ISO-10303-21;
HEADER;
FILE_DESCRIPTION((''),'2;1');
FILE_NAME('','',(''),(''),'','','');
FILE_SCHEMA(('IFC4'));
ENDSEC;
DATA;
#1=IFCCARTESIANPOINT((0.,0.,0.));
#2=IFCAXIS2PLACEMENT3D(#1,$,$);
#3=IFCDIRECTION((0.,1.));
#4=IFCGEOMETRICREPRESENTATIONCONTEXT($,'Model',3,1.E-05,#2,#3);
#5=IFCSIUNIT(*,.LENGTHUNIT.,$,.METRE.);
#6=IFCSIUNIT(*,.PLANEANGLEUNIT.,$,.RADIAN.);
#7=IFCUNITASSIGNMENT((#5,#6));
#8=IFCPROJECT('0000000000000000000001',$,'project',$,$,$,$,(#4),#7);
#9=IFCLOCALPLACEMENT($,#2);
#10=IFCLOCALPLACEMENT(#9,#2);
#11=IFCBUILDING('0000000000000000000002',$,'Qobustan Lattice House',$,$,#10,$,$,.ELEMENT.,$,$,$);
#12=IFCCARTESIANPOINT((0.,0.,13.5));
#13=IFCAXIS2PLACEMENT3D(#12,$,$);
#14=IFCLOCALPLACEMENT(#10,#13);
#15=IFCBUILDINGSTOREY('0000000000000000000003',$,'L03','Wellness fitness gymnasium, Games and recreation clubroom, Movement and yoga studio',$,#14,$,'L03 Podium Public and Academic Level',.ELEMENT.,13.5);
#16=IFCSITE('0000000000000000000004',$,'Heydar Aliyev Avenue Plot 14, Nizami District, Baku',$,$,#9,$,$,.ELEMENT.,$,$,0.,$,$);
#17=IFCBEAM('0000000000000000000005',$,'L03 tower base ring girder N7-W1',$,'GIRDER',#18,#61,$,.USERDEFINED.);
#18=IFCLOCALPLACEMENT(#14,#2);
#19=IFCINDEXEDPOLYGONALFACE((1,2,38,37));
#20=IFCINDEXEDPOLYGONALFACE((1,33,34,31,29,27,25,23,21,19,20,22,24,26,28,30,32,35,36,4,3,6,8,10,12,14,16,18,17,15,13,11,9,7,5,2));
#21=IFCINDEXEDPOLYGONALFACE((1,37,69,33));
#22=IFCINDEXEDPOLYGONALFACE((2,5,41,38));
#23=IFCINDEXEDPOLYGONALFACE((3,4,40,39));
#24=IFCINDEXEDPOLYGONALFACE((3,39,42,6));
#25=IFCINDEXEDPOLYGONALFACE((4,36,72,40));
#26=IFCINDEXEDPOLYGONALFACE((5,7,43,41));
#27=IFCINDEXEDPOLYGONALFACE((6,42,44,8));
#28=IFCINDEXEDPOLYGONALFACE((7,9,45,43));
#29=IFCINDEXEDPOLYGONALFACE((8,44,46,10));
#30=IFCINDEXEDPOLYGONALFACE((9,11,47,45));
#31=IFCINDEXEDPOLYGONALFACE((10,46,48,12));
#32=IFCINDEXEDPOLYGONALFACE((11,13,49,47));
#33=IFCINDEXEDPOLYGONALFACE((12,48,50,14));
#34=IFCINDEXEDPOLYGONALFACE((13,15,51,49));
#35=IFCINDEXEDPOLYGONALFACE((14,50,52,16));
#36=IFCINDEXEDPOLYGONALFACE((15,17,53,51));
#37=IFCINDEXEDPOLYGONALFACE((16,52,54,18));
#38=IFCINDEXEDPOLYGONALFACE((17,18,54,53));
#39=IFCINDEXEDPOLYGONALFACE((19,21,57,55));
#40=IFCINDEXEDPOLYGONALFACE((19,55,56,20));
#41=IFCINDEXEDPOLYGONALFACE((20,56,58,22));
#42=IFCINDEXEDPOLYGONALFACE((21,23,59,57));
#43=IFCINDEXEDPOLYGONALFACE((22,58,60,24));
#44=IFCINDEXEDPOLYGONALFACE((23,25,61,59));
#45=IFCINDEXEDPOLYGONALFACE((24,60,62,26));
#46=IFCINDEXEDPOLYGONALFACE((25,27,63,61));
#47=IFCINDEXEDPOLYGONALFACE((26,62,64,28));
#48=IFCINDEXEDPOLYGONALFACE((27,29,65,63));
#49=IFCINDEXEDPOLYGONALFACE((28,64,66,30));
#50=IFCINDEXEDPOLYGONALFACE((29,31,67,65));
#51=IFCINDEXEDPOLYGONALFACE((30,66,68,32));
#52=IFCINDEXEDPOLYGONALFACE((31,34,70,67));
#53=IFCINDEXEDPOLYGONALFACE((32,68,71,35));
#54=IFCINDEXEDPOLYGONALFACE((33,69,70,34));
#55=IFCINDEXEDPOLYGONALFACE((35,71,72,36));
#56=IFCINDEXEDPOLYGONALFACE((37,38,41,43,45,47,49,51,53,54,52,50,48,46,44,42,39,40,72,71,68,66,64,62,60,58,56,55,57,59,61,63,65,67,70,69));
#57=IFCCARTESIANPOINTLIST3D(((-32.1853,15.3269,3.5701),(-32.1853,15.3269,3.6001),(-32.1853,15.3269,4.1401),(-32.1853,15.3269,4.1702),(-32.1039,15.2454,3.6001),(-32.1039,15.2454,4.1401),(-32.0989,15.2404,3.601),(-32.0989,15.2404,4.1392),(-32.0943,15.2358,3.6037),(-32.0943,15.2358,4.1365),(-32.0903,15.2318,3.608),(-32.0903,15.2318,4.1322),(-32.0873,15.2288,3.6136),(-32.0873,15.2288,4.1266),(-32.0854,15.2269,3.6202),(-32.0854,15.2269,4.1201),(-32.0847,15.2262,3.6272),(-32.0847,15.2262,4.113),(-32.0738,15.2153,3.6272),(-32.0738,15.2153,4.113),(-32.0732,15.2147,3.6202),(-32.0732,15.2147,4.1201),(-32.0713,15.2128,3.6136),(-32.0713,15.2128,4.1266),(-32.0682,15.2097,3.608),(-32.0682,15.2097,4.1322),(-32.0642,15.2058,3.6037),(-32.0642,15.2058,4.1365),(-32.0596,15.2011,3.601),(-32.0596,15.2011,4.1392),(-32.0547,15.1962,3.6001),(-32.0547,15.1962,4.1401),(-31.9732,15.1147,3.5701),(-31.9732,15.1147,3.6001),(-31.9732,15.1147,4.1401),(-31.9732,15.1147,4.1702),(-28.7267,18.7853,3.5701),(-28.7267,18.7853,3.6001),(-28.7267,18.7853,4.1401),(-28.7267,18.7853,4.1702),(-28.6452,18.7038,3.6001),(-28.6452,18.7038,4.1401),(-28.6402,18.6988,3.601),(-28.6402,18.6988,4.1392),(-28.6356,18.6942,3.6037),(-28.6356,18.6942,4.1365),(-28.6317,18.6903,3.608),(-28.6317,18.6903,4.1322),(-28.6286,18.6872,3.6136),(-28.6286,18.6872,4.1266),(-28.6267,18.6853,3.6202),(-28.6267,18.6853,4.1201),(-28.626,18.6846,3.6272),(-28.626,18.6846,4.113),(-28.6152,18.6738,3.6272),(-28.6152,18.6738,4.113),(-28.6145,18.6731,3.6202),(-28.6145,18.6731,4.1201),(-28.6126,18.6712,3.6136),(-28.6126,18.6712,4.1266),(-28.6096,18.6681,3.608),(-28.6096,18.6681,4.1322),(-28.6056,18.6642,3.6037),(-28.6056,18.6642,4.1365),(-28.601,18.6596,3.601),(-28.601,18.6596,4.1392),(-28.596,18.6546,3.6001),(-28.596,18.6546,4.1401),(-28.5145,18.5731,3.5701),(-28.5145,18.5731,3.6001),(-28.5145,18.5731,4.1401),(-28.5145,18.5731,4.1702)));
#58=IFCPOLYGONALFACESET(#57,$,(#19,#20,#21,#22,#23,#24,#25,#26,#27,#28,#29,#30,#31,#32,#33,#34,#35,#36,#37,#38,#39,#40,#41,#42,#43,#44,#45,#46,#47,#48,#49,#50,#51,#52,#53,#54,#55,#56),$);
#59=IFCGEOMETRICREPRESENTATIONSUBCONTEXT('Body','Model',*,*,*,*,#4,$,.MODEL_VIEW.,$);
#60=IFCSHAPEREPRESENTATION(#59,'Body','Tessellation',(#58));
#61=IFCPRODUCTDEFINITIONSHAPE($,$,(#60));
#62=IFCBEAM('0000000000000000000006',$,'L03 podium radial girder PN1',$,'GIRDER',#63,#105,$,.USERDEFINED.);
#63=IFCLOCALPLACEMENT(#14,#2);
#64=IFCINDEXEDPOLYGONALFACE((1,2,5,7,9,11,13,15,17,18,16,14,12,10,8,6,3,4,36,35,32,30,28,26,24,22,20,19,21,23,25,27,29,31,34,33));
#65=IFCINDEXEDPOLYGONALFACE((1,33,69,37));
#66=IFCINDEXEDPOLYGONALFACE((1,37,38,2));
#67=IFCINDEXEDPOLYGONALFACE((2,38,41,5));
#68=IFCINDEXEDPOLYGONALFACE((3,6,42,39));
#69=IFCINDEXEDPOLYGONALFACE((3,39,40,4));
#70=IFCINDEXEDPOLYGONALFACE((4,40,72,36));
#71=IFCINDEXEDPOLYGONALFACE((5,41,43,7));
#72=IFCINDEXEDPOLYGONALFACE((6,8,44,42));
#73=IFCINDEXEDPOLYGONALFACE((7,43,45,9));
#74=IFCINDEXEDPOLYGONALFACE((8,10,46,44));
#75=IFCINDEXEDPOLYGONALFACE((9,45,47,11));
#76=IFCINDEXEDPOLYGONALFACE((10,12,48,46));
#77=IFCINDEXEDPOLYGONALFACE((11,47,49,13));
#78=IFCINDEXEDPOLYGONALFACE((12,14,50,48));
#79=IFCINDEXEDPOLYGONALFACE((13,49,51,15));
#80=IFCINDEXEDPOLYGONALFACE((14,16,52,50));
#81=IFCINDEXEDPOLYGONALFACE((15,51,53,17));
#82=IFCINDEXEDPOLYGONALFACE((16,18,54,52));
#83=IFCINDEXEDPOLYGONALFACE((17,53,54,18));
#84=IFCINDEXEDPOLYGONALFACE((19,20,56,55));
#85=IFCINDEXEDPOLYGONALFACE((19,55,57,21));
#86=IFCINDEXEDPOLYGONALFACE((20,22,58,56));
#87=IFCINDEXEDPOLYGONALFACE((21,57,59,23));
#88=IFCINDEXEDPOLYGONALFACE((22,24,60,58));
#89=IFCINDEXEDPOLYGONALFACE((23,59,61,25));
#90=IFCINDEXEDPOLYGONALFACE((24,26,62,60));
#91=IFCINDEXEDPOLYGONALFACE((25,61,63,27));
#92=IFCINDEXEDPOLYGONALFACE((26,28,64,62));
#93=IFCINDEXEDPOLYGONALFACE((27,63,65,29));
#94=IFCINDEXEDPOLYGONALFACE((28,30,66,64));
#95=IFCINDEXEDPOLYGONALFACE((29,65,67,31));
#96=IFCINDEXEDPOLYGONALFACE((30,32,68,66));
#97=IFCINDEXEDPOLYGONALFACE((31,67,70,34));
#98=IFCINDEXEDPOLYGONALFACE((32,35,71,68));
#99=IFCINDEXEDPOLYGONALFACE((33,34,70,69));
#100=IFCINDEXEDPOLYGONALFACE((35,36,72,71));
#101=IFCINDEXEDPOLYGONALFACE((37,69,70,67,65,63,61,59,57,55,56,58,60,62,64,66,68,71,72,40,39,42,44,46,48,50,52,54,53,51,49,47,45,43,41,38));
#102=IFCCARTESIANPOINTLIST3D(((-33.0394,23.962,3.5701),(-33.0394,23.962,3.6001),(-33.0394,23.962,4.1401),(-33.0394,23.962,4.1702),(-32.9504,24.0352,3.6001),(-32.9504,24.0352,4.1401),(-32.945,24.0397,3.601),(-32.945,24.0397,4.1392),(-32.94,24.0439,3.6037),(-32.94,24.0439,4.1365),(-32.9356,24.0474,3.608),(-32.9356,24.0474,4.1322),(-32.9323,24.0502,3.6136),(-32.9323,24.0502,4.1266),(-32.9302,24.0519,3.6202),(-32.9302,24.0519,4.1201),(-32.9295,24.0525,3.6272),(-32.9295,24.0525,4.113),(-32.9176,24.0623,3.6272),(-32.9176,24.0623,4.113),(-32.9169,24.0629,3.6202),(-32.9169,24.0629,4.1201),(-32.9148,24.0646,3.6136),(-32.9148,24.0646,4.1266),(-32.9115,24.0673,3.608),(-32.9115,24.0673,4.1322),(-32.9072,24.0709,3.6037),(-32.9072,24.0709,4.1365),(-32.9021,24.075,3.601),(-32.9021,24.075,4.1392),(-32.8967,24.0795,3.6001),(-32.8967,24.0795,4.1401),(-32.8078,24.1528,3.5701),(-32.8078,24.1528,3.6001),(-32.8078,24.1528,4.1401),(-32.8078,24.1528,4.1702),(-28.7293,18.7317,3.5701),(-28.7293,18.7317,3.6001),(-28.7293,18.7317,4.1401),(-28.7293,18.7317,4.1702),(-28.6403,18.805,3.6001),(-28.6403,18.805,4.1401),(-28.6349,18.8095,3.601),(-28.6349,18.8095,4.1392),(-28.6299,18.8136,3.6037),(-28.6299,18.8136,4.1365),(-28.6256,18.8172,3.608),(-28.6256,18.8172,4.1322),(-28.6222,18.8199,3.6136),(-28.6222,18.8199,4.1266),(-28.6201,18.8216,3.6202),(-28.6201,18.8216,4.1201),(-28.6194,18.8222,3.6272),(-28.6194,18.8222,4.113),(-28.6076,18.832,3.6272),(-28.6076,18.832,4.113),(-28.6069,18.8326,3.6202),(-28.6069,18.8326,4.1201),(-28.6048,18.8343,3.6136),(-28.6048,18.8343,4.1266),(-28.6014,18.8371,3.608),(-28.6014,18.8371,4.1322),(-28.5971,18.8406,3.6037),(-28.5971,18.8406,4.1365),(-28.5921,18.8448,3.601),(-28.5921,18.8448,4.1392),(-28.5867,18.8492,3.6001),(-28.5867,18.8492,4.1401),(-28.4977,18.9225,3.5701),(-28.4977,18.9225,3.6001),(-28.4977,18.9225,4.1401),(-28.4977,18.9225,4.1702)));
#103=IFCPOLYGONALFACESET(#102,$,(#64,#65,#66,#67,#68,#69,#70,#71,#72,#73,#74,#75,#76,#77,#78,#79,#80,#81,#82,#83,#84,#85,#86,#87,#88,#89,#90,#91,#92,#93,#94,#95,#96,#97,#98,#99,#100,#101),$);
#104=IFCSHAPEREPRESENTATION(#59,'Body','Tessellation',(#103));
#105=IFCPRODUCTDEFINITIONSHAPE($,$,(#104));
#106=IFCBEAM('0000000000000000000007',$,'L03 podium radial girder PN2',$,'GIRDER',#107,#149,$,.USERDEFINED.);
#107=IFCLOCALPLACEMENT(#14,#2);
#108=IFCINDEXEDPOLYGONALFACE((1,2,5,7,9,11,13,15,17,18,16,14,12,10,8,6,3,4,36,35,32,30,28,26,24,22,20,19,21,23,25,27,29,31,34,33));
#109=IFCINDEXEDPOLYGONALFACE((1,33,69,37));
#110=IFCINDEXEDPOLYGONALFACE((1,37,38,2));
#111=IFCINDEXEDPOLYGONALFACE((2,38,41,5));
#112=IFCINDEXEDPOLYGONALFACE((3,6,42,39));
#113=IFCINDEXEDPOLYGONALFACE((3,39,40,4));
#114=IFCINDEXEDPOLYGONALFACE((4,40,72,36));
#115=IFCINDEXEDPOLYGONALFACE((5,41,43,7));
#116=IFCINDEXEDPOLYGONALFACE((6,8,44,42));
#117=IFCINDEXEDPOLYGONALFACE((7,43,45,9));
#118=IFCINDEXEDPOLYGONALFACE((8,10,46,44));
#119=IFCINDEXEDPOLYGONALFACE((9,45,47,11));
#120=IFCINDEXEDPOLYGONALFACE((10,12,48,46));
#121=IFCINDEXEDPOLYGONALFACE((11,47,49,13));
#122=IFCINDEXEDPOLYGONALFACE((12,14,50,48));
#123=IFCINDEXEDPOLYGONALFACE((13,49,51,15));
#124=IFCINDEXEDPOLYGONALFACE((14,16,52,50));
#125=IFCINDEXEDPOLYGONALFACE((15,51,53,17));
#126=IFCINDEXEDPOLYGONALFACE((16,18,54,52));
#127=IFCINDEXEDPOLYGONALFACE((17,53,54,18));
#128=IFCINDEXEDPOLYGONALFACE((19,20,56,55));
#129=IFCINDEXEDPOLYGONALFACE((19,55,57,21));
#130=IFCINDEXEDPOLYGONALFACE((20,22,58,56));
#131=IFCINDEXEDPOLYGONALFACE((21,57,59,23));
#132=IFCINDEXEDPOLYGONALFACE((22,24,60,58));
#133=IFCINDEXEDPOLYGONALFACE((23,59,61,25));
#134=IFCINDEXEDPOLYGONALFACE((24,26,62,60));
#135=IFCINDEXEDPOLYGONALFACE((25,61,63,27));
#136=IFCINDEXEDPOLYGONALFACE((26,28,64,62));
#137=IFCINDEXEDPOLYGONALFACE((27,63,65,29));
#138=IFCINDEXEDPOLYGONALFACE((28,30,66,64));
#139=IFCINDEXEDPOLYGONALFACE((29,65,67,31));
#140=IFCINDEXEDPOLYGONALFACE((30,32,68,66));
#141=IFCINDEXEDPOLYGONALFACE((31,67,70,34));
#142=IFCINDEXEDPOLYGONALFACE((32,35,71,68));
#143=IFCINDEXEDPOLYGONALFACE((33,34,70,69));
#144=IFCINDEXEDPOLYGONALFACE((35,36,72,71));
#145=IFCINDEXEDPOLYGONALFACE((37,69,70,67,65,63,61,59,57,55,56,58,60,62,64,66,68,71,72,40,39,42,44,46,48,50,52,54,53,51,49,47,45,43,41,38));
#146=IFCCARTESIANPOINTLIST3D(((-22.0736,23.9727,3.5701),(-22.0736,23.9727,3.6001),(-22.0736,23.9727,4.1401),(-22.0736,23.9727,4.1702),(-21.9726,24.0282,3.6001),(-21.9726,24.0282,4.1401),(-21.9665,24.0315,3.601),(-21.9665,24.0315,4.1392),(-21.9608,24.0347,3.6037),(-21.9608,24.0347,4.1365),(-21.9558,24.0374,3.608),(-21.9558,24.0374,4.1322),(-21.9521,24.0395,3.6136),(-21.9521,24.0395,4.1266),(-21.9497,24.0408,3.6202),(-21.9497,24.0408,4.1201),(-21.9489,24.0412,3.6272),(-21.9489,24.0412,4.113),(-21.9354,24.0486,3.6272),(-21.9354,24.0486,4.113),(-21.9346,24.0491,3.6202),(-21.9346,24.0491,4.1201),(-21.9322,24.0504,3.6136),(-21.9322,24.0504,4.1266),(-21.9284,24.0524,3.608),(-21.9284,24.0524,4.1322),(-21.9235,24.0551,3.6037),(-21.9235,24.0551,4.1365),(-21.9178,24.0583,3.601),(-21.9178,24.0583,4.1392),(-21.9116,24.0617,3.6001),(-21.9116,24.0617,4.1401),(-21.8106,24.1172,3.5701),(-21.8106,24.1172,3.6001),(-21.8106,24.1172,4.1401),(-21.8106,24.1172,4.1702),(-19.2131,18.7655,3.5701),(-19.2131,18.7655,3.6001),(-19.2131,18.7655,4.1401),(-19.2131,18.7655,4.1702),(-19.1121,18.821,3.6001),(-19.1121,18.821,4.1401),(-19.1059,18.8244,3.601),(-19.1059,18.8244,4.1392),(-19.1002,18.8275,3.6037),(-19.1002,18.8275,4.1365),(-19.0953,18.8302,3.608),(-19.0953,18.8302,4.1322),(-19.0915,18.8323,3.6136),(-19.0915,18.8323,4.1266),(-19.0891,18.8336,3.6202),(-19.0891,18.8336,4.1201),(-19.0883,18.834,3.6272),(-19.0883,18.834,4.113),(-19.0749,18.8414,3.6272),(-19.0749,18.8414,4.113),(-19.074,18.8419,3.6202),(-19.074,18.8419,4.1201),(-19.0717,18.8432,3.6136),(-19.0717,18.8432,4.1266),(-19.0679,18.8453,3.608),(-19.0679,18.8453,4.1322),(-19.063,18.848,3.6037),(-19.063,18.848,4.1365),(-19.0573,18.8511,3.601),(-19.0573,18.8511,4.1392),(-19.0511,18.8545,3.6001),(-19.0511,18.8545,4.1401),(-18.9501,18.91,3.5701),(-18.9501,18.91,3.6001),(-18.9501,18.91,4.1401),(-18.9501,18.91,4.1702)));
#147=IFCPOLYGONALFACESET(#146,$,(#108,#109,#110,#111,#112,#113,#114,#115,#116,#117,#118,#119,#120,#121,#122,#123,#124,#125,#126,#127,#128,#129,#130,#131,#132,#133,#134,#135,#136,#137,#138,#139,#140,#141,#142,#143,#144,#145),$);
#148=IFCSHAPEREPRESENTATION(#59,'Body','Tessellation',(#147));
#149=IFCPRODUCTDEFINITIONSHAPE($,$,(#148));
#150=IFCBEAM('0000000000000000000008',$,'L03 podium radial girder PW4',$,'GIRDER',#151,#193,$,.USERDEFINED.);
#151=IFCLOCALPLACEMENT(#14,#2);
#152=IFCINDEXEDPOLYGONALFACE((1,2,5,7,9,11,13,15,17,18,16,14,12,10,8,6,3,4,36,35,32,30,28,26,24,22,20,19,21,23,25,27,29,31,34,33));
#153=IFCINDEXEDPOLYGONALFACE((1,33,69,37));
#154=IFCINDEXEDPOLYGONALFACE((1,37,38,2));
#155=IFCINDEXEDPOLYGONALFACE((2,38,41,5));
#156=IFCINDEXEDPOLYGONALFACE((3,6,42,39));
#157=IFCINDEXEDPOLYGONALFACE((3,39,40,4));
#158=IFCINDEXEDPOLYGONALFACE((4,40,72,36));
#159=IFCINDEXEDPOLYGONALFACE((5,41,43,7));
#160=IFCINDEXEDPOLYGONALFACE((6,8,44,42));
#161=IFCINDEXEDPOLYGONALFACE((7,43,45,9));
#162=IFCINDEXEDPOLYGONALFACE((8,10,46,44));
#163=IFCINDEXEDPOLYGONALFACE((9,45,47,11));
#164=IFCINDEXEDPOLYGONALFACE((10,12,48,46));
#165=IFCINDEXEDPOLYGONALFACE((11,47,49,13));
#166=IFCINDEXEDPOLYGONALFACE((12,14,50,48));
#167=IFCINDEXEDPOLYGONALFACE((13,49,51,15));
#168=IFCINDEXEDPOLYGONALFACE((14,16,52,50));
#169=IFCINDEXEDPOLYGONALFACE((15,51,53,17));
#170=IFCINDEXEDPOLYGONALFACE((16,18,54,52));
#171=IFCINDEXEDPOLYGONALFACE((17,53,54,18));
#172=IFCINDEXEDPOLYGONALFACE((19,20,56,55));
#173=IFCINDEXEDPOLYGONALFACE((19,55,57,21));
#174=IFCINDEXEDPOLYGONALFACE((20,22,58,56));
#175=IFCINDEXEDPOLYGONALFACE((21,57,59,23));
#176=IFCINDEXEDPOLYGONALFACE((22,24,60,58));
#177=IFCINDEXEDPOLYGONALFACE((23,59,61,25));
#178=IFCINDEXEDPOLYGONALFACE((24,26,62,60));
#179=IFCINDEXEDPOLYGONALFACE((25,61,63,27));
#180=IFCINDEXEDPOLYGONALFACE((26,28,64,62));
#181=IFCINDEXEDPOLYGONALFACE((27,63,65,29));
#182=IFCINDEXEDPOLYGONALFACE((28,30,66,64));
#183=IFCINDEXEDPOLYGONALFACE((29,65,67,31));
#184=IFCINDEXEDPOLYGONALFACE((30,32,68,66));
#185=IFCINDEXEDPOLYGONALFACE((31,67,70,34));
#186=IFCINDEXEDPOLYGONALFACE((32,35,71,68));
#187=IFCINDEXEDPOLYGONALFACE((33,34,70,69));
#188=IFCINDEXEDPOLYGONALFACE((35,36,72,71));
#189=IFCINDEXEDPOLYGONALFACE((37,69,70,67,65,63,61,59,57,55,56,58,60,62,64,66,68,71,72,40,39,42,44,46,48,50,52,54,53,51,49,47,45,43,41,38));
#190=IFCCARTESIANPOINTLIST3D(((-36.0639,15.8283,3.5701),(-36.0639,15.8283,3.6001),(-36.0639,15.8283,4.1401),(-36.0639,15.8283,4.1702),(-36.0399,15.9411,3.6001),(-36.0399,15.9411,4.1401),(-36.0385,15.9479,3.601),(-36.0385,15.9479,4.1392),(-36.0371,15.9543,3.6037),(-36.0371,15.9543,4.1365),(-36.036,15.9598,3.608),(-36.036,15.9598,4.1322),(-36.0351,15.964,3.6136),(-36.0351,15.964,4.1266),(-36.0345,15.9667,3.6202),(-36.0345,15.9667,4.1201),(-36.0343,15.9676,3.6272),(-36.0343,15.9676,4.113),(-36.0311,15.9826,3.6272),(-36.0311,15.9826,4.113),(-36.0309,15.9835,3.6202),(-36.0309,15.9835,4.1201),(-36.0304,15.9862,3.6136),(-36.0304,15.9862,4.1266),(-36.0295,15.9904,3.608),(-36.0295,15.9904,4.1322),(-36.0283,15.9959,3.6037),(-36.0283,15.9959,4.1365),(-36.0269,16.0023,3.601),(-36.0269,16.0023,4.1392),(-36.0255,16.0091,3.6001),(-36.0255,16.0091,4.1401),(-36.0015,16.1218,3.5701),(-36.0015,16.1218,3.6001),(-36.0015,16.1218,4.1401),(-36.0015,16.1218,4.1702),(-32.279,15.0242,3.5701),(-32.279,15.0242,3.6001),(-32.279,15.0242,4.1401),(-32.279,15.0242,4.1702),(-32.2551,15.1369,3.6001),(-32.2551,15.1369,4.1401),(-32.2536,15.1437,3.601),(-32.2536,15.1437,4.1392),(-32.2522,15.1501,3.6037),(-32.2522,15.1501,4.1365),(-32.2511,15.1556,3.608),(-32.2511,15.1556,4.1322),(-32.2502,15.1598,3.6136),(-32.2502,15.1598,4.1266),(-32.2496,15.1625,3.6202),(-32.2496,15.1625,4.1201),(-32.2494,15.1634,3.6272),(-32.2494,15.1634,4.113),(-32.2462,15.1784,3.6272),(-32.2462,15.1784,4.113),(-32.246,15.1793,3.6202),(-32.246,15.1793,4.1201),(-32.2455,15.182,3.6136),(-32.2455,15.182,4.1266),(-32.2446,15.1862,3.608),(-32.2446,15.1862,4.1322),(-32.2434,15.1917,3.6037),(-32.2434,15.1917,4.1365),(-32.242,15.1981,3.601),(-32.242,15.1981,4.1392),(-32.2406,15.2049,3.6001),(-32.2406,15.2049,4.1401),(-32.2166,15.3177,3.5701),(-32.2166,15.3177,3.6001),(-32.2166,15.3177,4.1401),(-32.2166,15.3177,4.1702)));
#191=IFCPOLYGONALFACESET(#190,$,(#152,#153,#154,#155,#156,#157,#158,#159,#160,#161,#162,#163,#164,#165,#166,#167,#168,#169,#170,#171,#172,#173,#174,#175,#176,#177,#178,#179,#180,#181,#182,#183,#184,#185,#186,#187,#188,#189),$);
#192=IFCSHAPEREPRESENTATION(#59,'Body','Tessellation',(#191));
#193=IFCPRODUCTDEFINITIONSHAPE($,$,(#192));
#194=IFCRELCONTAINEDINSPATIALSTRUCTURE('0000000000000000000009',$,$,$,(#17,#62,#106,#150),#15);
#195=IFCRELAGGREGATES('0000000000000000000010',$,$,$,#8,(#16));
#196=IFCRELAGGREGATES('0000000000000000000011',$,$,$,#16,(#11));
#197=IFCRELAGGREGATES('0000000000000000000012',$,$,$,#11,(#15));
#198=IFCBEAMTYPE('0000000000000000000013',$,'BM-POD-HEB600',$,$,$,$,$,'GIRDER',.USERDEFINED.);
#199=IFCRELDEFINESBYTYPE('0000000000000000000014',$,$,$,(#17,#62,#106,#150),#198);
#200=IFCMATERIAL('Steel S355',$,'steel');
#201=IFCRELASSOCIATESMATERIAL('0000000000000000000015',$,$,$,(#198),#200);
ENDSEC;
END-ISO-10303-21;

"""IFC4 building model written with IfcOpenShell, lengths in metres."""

from ifc_helpers import new_model, si_unit, direction, frame, origin, origin_2d, place, context, subcontext, project, spatial, i_section, extrude, material, material_profile, profile_set, type_object, element, save


model = new_model("IFC4")

# Units and contexts
model_context = context("Model", 3, precision=1e-05, world=origin(), true_north=direction((0.0, 1.0)))
body_context = subcontext(model_context, "Body", "Model", "MODEL_VIEW")
ifc_project = project(units=[si_unit("LENGTHUNIT", "METRE"), si_unit("PLANEANGLEUNIT", "RADIAN")], contexts=[model_context])

# Site, building, storey
site_placement = place(None, origin())
site = spatial("IfcSite", under=ifc_project, at=site_placement, Name="Heydar Aliyev Avenue Plot 14, Nizami District, Baku", CompositionType="ELEMENT", RefElevation=0.0)
building_placement = place(site_placement, origin())
building = spatial("IfcBuilding", under=site, at=building_placement, Name="Qobustan Lattice House", CompositionType="ELEMENT")
storey_placement = place(building_placement, frame((0.0, 0.0, 13.5)))
storey = spatial("IfcBuildingStorey", under=building, at=storey_placement, Name="L03", Description="Wellness fitness gymnasium, Games and recreation clubroom, Movement and yoga studio", LongName="L03 Podium Public and Academic Level", CompositionType="ELEMENT", Elevation=13.5)

# Beams
ifc_material_1 = material(Name="Steel S355", Category="steel")
ifc_material_profile_1 = material_profile(ifc_material_1, i_section(OverallWidth=0.3, OverallDepth=0.6001, WebThickness=0.0154, FlangeThickness=0.03, FilletRadius=0.0271, at=origin_2d()), Name="HEB600")
ifc_profile_set_1 = profile_set([ifc_material_profile_1], Name="Steel S355")
beam_type_1 = type_object("IfcBeamType", Name="BM-POD-HEB600", ElementType="GIRDER", PredefinedType="USERDEFINED", material=ifc_profile_set_1)
beam_1_placement = place(storey_placement, frame((-28.6206, 18.6792, 3.8701), z_axis=(-0.707132, -0.707082, 0.0), x_axis=(0.707082, -0.707132, 0.0)))
element("IfcBeam", 1, at=beam_1_placement, inside=storey, type_object=beam_type_1, Name="L03 tower base ring girder N7-W1", ObjectType="GIRDER", PredefinedType="USERDEFINED", context=body_context, shape_type="SweptSolid", body=[
    extrude(i_section(OverallWidth=0.3, OverallDepth=0.6001, WebThickness=0.0154, FlangeThickness=0.03, FilletRadius=0.0271, at=origin_2d()), origin(), (0.0, 0.0, 1.0), 4.8911),
])
beam_2_placement = place(storey_placement, frame((-32.9236, 24.0574, 3.8701), z_axis=(0.635955, -0.771726, 0.0), x_axis=(0.771726, 0.635955, 0.0)))
element("IfcBeam", 2, at=beam_2_placement, inside=storey, type_object=beam_type_1, Name="L03 podium radial girder PN1", ObjectType="GIRDER", PredefinedType="USERDEFINED", context=body_context, shape_type="SweptSolid", body=[
    extrude(i_section(OverallWidth=0.3, OverallDepth=0.6001, WebThickness=0.0154, FlangeThickness=0.03, FilletRadius=0.0271, at=origin_2d()), origin(), (0.0, 0.0, 1.0), 6.7773),
])
beam_3_placement = place(storey_placement, frame((-21.9421, 24.0449, 3.8701), z_axis=(0.481479, -0.876458, 0.0), x_axis=(0.876458, 0.481479, 0.0)))
element("IfcBeam", 3, at=beam_3_placement, inside=storey, type_object=beam_type_1, Name="L03 podium radial girder PN2", ObjectType="GIRDER", PredefinedType="USERDEFINED", context=body_context, shape_type="SweptSolid", body=[
    extrude(i_section(OverallWidth=0.3, OverallDepth=0.6001, WebThickness=0.0154, FlangeThickness=0.03, FilletRadius=0.0271, at=origin_2d()), origin(), (0.0, 0.0, 1.0), 5.9412),
])
beam_4_placement = place(storey_placement, frame((-36.0327, 15.9751, 3.8701), z_axis=(0.978164, -0.207835, 0.0), x_axis=(0.207835, 0.978164, 0.0)))
element("IfcBeam", 4, at=beam_4_placement, inside=storey, type_object=beam_type_1, Name="L03 podium radial girder PW4", ObjectType="GIRDER", PredefinedType="USERDEFINED", context=body_context, shape_type="SweptSolid", body=[
    extrude(i_section(OverallWidth=0.3, OverallDepth=0.6001, WebThickness=0.0154, FlangeThickness=0.03, FilletRadius=0.0271, at=origin_2d()), origin(), (0.0, 0.0, 1.0), 3.8694),
])

save(model, "model.ifc")
